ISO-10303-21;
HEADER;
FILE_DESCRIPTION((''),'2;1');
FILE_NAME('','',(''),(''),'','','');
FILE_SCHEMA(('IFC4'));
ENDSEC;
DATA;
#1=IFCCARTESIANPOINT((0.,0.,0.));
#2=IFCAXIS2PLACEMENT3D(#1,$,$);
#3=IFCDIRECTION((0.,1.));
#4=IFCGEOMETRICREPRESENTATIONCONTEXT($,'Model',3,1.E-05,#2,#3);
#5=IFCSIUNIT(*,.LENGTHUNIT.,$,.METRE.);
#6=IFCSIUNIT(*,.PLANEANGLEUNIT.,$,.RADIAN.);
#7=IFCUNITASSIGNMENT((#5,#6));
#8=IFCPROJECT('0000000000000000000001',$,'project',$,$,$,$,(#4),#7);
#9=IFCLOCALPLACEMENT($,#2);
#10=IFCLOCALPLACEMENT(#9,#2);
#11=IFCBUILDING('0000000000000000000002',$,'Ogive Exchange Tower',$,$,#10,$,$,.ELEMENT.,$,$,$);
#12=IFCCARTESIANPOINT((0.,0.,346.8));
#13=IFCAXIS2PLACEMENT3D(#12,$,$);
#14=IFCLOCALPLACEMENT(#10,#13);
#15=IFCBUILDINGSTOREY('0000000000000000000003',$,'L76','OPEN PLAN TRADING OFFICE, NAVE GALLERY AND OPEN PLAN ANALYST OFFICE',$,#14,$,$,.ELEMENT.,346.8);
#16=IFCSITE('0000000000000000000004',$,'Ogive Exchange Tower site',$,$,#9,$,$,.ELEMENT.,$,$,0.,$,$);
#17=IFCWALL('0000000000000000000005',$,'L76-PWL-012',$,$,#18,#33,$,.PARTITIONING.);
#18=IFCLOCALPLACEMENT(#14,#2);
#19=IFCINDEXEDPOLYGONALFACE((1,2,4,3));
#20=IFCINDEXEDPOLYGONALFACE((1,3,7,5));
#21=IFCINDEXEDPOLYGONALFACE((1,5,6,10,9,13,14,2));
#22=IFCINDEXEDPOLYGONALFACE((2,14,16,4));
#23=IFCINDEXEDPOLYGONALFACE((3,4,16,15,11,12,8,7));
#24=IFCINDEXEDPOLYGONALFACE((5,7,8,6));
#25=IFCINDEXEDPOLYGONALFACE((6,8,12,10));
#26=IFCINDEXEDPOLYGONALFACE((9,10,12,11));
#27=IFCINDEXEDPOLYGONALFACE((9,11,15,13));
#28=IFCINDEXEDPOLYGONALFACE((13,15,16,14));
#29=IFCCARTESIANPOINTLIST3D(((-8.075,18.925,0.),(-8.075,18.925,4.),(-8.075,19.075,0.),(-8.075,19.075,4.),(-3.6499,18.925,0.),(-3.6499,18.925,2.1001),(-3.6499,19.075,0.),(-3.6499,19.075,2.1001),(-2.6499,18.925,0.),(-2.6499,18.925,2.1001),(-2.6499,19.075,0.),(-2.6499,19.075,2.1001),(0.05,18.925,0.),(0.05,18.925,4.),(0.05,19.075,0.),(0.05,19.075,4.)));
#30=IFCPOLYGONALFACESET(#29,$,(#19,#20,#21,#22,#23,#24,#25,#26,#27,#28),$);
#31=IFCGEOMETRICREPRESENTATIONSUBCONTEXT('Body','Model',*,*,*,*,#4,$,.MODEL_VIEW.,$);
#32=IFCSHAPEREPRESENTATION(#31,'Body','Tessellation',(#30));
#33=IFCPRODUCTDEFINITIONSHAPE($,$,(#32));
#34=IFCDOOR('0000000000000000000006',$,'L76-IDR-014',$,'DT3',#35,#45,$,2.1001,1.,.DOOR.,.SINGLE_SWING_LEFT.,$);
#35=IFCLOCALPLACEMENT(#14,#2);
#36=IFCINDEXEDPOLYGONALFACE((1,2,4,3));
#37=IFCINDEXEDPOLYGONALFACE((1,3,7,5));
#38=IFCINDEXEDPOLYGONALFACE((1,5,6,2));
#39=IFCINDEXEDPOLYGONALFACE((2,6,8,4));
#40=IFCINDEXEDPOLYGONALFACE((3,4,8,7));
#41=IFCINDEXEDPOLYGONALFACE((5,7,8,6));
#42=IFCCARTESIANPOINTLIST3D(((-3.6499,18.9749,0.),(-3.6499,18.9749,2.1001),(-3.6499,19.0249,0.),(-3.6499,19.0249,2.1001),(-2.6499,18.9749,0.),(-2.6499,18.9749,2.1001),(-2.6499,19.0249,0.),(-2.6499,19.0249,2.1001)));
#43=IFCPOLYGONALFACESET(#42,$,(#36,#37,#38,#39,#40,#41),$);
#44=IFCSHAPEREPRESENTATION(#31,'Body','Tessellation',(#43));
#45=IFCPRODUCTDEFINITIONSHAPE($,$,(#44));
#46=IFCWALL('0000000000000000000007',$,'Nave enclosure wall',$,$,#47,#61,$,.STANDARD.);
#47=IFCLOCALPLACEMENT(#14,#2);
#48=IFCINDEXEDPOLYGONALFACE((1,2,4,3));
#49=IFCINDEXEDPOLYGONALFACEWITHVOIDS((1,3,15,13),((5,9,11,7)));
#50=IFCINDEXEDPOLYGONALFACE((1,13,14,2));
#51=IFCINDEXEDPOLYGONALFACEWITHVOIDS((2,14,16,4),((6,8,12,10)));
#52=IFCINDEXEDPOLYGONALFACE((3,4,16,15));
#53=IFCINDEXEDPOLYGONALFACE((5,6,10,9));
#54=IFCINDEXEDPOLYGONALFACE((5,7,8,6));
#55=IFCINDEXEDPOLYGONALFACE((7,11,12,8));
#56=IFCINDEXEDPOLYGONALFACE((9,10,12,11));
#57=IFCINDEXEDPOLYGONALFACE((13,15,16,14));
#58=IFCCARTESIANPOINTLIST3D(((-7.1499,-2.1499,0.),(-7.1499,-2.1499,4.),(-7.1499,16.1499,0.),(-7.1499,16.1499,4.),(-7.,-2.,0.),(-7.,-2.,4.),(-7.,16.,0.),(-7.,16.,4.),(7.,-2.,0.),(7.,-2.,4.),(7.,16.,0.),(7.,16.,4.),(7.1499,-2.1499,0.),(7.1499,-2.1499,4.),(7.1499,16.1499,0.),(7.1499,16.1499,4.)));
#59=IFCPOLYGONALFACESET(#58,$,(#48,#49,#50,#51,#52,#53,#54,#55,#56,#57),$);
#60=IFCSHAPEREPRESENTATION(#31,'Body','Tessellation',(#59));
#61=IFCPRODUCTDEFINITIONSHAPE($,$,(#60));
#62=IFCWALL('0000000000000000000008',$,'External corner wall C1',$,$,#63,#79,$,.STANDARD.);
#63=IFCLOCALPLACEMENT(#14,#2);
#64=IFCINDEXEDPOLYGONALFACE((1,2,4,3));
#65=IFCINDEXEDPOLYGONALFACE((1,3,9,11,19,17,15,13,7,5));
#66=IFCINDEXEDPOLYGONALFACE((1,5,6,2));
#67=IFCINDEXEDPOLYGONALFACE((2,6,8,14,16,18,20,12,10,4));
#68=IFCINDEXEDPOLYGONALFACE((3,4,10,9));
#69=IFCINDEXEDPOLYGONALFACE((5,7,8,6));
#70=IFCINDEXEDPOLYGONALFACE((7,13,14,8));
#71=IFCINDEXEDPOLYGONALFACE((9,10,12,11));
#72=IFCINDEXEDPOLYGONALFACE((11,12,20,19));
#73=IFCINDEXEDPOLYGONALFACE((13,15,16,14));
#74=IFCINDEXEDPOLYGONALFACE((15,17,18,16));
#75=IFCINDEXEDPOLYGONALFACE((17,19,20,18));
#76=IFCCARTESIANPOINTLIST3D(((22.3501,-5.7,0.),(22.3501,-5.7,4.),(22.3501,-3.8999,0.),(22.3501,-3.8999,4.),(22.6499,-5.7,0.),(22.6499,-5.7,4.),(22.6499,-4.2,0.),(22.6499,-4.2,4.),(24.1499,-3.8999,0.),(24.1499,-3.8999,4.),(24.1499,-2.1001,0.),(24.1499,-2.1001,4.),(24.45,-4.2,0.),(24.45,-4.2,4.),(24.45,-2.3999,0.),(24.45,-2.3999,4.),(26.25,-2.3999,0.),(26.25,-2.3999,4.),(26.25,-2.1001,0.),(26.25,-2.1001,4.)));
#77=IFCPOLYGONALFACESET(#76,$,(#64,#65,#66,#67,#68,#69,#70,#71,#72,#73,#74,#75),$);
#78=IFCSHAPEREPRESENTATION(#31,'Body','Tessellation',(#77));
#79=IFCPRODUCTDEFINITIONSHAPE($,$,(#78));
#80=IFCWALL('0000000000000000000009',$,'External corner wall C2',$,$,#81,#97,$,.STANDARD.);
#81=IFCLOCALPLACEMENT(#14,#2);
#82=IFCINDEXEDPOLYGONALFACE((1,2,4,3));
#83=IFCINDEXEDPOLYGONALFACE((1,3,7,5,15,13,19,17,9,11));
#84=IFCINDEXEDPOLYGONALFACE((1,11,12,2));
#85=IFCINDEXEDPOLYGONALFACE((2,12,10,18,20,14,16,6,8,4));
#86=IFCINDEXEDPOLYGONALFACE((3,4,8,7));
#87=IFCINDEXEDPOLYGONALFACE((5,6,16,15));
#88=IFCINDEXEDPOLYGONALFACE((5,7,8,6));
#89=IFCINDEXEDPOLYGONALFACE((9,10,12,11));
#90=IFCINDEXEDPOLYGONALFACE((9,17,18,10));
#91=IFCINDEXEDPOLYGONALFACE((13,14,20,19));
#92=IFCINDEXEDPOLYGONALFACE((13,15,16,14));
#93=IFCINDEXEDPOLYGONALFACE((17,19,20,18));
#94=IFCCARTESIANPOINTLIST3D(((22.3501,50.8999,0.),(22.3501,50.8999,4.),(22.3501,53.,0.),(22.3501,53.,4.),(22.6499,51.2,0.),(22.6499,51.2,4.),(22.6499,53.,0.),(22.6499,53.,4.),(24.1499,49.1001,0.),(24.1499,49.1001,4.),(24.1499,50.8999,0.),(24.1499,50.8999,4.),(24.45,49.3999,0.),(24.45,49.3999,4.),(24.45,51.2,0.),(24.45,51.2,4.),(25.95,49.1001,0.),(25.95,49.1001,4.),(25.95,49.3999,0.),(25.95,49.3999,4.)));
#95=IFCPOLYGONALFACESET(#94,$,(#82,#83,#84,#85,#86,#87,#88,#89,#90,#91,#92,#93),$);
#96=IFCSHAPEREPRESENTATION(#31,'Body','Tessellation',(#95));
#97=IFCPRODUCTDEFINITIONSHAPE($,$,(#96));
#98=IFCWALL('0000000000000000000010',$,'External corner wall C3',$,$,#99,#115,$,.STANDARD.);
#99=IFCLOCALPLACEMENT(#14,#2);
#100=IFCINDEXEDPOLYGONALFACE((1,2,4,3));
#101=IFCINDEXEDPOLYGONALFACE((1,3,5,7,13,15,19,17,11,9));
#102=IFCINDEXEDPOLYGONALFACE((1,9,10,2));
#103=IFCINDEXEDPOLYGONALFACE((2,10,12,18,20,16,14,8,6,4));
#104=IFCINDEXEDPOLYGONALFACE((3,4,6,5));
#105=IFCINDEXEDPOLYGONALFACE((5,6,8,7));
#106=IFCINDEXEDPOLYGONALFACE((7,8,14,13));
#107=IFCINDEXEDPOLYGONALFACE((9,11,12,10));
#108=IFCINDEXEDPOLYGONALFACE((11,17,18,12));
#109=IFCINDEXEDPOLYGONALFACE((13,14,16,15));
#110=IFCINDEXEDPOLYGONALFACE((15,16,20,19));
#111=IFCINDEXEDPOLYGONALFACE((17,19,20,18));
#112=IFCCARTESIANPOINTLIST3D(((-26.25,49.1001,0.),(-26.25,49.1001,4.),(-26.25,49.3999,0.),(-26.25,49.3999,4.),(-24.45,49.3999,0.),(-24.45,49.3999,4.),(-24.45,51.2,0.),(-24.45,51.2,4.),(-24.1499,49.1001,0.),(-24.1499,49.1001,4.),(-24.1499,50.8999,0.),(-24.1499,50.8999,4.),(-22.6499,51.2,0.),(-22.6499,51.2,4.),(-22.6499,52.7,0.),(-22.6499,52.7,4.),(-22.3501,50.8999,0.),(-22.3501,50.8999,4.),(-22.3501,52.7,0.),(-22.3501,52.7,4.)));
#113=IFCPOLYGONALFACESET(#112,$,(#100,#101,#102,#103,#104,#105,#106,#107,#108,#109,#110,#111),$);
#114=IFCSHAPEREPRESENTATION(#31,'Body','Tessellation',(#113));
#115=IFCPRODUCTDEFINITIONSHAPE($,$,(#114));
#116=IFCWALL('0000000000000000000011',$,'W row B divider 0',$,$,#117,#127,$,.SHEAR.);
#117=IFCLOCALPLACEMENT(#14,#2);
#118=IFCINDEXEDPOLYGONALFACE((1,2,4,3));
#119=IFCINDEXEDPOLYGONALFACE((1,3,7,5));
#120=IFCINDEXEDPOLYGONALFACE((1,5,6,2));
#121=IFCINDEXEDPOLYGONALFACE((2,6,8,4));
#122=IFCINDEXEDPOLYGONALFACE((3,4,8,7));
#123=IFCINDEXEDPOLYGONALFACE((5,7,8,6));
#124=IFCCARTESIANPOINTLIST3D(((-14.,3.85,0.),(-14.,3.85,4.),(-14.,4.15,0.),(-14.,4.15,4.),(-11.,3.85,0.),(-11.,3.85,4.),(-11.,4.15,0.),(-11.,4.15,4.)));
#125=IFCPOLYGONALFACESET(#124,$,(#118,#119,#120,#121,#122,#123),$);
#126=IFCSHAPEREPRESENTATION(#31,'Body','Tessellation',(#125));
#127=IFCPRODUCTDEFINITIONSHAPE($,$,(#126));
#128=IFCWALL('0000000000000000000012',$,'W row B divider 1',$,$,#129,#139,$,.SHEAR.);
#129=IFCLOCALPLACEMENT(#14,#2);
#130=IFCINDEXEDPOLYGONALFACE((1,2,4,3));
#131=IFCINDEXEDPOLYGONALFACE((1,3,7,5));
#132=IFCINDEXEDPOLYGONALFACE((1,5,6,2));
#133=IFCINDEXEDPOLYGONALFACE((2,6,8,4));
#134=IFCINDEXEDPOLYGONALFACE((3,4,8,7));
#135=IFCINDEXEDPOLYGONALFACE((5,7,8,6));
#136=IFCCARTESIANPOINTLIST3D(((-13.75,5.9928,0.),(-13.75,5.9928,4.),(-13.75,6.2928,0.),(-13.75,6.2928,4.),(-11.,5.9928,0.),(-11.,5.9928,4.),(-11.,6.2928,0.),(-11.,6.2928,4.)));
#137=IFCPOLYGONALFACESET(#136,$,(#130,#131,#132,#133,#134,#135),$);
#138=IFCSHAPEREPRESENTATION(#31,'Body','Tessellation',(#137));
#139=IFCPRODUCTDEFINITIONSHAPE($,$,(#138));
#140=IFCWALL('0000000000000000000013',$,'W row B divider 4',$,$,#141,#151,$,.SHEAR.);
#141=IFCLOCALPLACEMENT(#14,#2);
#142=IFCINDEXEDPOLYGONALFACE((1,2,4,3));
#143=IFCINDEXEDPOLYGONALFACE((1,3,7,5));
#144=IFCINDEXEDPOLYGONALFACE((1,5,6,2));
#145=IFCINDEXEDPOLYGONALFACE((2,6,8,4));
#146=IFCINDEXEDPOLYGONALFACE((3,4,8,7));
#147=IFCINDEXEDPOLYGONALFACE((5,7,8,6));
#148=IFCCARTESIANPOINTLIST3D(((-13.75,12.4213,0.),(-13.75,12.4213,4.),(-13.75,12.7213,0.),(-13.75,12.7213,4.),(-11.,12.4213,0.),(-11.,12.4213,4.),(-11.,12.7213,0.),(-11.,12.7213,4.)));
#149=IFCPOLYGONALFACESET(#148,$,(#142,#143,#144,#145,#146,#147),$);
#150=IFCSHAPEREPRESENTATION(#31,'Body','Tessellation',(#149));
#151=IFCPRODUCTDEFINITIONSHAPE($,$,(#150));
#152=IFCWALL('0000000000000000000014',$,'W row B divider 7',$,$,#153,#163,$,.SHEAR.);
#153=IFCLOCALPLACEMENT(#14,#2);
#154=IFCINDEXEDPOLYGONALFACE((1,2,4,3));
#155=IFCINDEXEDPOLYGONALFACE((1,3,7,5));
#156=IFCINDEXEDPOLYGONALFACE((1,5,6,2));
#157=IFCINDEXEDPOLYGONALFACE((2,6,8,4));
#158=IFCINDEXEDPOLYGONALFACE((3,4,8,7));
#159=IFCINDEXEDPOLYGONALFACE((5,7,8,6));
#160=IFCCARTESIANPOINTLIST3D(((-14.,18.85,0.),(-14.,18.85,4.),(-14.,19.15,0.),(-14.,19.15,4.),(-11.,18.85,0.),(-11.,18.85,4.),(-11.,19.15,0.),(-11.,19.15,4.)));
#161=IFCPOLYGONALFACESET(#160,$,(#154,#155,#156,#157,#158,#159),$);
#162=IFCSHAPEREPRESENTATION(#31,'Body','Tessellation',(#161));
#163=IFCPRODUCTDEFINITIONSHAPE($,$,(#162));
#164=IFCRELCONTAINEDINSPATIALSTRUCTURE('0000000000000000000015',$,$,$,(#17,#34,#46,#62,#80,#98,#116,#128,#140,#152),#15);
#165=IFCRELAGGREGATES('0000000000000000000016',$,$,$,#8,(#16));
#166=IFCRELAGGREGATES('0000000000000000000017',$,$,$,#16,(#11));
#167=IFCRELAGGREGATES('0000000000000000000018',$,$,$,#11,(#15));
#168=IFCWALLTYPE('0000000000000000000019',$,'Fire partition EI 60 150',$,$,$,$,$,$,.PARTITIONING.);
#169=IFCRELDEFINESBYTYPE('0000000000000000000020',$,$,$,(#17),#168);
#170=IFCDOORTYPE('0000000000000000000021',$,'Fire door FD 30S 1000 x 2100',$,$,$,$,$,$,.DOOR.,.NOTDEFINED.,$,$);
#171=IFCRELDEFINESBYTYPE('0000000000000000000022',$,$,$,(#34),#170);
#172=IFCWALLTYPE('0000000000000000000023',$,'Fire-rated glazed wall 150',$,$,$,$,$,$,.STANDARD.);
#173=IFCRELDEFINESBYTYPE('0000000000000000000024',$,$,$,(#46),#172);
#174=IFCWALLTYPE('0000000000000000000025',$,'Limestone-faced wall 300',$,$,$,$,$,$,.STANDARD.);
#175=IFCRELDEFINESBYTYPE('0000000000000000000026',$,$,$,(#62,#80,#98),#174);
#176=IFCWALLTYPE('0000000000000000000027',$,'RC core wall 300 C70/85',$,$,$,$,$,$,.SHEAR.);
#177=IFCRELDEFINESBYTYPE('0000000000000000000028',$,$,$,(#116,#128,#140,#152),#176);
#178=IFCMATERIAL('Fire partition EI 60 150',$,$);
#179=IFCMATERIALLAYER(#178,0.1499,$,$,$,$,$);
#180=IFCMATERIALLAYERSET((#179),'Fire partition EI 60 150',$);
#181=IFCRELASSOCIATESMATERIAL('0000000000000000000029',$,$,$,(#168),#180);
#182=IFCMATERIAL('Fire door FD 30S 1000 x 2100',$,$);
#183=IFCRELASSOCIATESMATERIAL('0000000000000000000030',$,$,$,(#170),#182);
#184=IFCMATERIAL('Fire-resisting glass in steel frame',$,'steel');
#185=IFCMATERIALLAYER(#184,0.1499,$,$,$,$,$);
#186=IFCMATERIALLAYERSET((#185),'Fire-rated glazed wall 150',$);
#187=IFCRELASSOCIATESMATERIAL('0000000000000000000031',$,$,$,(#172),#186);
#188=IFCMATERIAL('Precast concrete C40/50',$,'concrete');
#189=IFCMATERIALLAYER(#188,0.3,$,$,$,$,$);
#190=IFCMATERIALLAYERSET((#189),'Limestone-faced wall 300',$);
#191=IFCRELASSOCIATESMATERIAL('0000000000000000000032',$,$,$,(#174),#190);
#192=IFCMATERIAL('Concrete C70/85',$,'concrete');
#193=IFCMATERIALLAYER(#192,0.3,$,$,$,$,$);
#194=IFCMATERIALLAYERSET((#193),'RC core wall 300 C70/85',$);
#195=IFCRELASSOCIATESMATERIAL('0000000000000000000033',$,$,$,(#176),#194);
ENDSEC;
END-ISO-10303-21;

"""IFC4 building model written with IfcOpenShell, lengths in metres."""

from ifc_helpers import new_model, si_unit, direction, frame, frame_2d, origin, place, context, subcontext, project, spatial, polyline, rectangle, outline, extrude, material, layer, layer_set, type_object, element, fill, save


model = new_model("IFC4")

# Units and contexts
model_context = context("Model", 3, precision=1e-05, world=origin(), true_north=direction((0.0, 1.0)))
body_context = subcontext(model_context, "Body", "Model", "MODEL_VIEW")
ifc_project = project(units=[si_unit("LENGTHUNIT", "METRE"), si_unit("PLANEANGLEUNIT", "RADIAN")], contexts=[model_context])

# Site, building, storey
site_placement = place(None, origin())
site = spatial("IfcSite", under=ifc_project, at=site_placement, Name="Ogive Exchange Tower site", CompositionType="ELEMENT", RefElevation=0.0)
building_placement = place(site_placement, origin())
building = spatial("IfcBuilding", under=site, at=building_placement, Name="Ogive Exchange Tower", CompositionType="ELEMENT")
storey_placement = place(building_placement, frame((0.0, 0.0, 346.8)))
storey = spatial("IfcBuildingStorey", under=building, at=storey_placement, Name="L76", Description="OPEN PLAN TRADING OFFICE, NAVE GALLERY AND OPEN PLAN ANALYST OFFICE", CompositionType="ELEMENT", Elevation=346.8)

# Wall, opening, door
ifc_material_1 = material(Name="Fire partition EI 60 150")
ifc_layer_1 = layer(ifc_material_1, 0.1499)
ifc_layer_set_1 = layer_set([ifc_layer_1], Name="Fire partition EI 60 150")
wall_type_1 = type_object("IfcWallType", Name="Fire partition EI 60 150", PredefinedType="PARTITIONING", material=ifc_layer_set_1)
wall_1_placement = place(storey_placement, frame((-8.075, 19.0, 0.0), z_axis=(0.0, 0.0, 1.0), x_axis=(1.0, 0.0, 0.0)))
wall_1 = element("IfcWall", 1, at=wall_1_placement, inside=storey, type_object=wall_type_1, Name="L76-PWL-012", PredefinedType="PARTITIONING", context=body_context, shape_type="SweptSolid", body=[
    extrude(rectangle(XDim=8.125, YDim=0.1499, at=frame_2d((4.0625, 0.0))), origin(), (0.0, 0.0, 1.0), 4.0),
])
opening_placement = place(wall_1_placement, frame((4.425, 0.0, 0.0)))
opening = element("IfcOpeningElement", 2, at=opening_placement, cuts=wall_1, PredefinedType="OPENING", context=body_context, shape_type="SweptSolid", body=[
    extrude(rectangle(XDim=1.0, YDim=2.1001, at=frame_2d((0.5, 1.05))), frame((0.0, 0.085, 0.0), z_axis=(0.0, -1.0, 0.0), x_axis=(1.0, 0.0, 0.0)), (0.0, 0.0, 1.0), 0.1699),
])
ifc_material_2 = material(Name="Fire door FD 30S 1000 x 2100")
door_type = type_object("IfcDoorType", Name="Fire door FD 30S 1000 x 2100", OperationType="NOTDEFINED", PredefinedType="DOOR", material=ifc_material_2)
door_placement = place(opening_placement, origin())
door = element("IfcDoor", 3, at=door_placement, inside=storey, type_object=door_type, Name="L76-IDR-014", ObjectType="DT3", OperationType="SINGLE_SWING_LEFT", OverallHeight=2.1001, OverallWidth=1.0, PredefinedType="DOOR", context=body_context, shape_type="SweptSolid", body=[
    extrude(rectangle(XDim=1.0, YDim=2.1001, at=frame_2d((0.5, 1.05))), frame((0.0, 0.0249, 0.0), z_axis=(0.0, -1.0, 0.0), x_axis=(1.0, 0.0, 0.0)), (0.0, 0.0, 1.0), 0.05),
])
fill(opening, door)

# Walls
ifc_material_3 = material(Name="Fire-resisting glass in steel frame", Category="steel")
ifc_layer_2 = layer(ifc_material_3, 0.1499)
ifc_layer_set_2 = layer_set([ifc_layer_2], Name="Fire-rated glazed wall 150")
wall_type_2 = type_object("IfcWallType", Name="Fire-rated glazed wall 150", PredefinedType="STANDARD", material=ifc_layer_set_2)
wall_2_placement = place(storey_placement, origin())
element("IfcWall", 4, at=wall_2_placement, inside=storey, type_object=wall_type_2, Name="Nave enclosure wall", PredefinedType="STANDARD", context=body_context, shape_type="SweptSolid", body=[
    extrude(outline(polyline([(-7.1499, -2.1499), (7.1499, -2.1499), (7.1499, 16.1499), (-7.1499, 16.1499), (-7.1499, -2.1499)]), holes=[polyline([(-7.0, -2.0), (-7.0, 16.0), (7.0, 16.0), (7.0, -2.0), (-7.0, -2.0)])]), origin(), (0.0, 0.0, 1.0), 4.0),
])
ifc_material_4 = material(Name="Precast concrete C40/50", Category="concrete")
ifc_layer_3 = layer(ifc_material_4, 0.3)
ifc_layer_set_3 = layer_set([ifc_layer_3], Name="Limestone-faced wall 300")
wall_type_3 = type_object("IfcWallType", Name="Limestone-faced wall 300", PredefinedType="STANDARD", material=ifc_layer_set_3)
wall_3_placement = place(storey_placement, origin())
element("IfcWall", 5, at=wall_3_placement, inside=storey, type_object=wall_type_3, Name="External corner wall C1", PredefinedType="STANDARD", context=body_context, shape_type="SweptSolid", body=[
    extrude(outline(polyline([(24.1499, -3.8999), (24.1499, -2.1001), (26.25, -2.1001), (26.25, -2.3999), (24.45, -2.3999), (24.45, -4.2), (22.6499, -4.2), (22.6499, -5.7), (22.3501, -5.7), (22.3501, -3.8999), (24.1499, -3.8999)])), origin(), (0.0, 0.0, 1.0), 4.0),
])
wall_4_placement = place(storey_placement, origin())
element("IfcWall", 6, at=wall_4_placement, inside=storey, type_object=wall_type_3, Name="External corner wall C2", PredefinedType="STANDARD", context=body_context, shape_type="SweptSolid", body=[
    extrude(outline(polyline([(24.1499, 50.8999), (22.3501, 50.8999), (22.3501, 53.0), (22.6499, 53.0), (22.6499, 51.2), (24.45, 51.2), (24.45, 49.3999), (25.95, 49.3999), (25.95, 49.1001), (24.1499, 49.1001), (24.1499, 50.8999)])), origin(), (0.0, 0.0, 1.0), 4.0),
])
wall_5_placement = place(storey_placement, origin())
element("IfcWall", 7, at=wall_5_placement, inside=storey, type_object=wall_type_3, Name="External corner wall C3", PredefinedType="STANDARD", context=body_context, shape_type="SweptSolid", body=[
    extrude(outline(polyline([(-24.45, 49.3999), (-24.45, 51.2), (-22.6499, 51.2), (-22.6499, 52.7), (-22.3501, 52.7), (-22.3501, 50.8999), (-24.1499, 50.8999), (-24.1499, 49.1001), (-26.25, 49.1001), (-26.25, 49.3999), (-24.45, 49.3999)])), origin(), (0.0, 0.0, 1.0), 4.0),
])
ifc_material_5 = material(Name="Concrete C70/85", Category="concrete")
ifc_layer_4 = layer(ifc_material_5, 0.3)
ifc_layer_set_4 = layer_set([ifc_layer_4], Name="RC core wall 300 C70/85")
wall_type_4 = type_object("IfcWallType", Name="RC core wall 300 C70/85", PredefinedType="SHEAR", material=ifc_layer_set_4)
wall_6_placement = place(storey_placement, frame((-14.0, 4.0, 0.0), z_axis=(0.0, 0.0, 1.0), x_axis=(1.0, 0.0, 0.0)))
element("IfcWall", 8, at=wall_6_placement, inside=storey, type_object=wall_type_4, Name="W row B divider 0", PredefinedType="SHEAR", context=body_context, shape_type="SweptSolid", body=[
    extrude(rectangle(XDim=3.0, YDim=0.3, at=frame_2d((1.5, 0.0))), origin(), (0.0, 0.0, 1.0), 4.0),
])
for number, where, z_axis, x_axis, name in (
    (9, (-13.75, 6.1428, 0.0), (0.0, 0.0, 1.0), (1.0, 0.0, 0.0), "W row B divider 1"),
    (10, (-13.75, 12.5713, 0.0), (0.0, 0.0, 1.0), (1.0, 0.0, 0.0), "W row B divider 4"),
):
    element("IfcWall", number, at=place(storey_placement, frame(where, z_axis=z_axis, x_axis=x_axis)), inside=storey, type_object=wall_type_4, Name=name, PredefinedType="SHEAR", context=body_context, shape_type="SweptSolid", body=[
        extrude(rectangle(XDim=2.75, YDim=0.3, at=frame_2d((1.375, 0.0))), origin(), (0.0, 0.0, 1.0), 4.0),
    ])
wall_7_placement = place(storey_placement, frame((-14.0, 19.0, 0.0), z_axis=(0.0, 0.0, 1.0), x_axis=(1.0, 0.0, 0.0)))
element("IfcWall", 11, at=wall_7_placement, inside=storey, type_object=wall_type_4, Name="W row B divider 7", PredefinedType="SHEAR", context=body_context, shape_type="SweptSolid", body=[
    extrude(rectangle(XDim=3.0, YDim=0.3, at=frame_2d((1.5, 0.0))), origin(), (0.0, 0.0, 1.0), 4.0),
])

save(model, "model.ifc")
